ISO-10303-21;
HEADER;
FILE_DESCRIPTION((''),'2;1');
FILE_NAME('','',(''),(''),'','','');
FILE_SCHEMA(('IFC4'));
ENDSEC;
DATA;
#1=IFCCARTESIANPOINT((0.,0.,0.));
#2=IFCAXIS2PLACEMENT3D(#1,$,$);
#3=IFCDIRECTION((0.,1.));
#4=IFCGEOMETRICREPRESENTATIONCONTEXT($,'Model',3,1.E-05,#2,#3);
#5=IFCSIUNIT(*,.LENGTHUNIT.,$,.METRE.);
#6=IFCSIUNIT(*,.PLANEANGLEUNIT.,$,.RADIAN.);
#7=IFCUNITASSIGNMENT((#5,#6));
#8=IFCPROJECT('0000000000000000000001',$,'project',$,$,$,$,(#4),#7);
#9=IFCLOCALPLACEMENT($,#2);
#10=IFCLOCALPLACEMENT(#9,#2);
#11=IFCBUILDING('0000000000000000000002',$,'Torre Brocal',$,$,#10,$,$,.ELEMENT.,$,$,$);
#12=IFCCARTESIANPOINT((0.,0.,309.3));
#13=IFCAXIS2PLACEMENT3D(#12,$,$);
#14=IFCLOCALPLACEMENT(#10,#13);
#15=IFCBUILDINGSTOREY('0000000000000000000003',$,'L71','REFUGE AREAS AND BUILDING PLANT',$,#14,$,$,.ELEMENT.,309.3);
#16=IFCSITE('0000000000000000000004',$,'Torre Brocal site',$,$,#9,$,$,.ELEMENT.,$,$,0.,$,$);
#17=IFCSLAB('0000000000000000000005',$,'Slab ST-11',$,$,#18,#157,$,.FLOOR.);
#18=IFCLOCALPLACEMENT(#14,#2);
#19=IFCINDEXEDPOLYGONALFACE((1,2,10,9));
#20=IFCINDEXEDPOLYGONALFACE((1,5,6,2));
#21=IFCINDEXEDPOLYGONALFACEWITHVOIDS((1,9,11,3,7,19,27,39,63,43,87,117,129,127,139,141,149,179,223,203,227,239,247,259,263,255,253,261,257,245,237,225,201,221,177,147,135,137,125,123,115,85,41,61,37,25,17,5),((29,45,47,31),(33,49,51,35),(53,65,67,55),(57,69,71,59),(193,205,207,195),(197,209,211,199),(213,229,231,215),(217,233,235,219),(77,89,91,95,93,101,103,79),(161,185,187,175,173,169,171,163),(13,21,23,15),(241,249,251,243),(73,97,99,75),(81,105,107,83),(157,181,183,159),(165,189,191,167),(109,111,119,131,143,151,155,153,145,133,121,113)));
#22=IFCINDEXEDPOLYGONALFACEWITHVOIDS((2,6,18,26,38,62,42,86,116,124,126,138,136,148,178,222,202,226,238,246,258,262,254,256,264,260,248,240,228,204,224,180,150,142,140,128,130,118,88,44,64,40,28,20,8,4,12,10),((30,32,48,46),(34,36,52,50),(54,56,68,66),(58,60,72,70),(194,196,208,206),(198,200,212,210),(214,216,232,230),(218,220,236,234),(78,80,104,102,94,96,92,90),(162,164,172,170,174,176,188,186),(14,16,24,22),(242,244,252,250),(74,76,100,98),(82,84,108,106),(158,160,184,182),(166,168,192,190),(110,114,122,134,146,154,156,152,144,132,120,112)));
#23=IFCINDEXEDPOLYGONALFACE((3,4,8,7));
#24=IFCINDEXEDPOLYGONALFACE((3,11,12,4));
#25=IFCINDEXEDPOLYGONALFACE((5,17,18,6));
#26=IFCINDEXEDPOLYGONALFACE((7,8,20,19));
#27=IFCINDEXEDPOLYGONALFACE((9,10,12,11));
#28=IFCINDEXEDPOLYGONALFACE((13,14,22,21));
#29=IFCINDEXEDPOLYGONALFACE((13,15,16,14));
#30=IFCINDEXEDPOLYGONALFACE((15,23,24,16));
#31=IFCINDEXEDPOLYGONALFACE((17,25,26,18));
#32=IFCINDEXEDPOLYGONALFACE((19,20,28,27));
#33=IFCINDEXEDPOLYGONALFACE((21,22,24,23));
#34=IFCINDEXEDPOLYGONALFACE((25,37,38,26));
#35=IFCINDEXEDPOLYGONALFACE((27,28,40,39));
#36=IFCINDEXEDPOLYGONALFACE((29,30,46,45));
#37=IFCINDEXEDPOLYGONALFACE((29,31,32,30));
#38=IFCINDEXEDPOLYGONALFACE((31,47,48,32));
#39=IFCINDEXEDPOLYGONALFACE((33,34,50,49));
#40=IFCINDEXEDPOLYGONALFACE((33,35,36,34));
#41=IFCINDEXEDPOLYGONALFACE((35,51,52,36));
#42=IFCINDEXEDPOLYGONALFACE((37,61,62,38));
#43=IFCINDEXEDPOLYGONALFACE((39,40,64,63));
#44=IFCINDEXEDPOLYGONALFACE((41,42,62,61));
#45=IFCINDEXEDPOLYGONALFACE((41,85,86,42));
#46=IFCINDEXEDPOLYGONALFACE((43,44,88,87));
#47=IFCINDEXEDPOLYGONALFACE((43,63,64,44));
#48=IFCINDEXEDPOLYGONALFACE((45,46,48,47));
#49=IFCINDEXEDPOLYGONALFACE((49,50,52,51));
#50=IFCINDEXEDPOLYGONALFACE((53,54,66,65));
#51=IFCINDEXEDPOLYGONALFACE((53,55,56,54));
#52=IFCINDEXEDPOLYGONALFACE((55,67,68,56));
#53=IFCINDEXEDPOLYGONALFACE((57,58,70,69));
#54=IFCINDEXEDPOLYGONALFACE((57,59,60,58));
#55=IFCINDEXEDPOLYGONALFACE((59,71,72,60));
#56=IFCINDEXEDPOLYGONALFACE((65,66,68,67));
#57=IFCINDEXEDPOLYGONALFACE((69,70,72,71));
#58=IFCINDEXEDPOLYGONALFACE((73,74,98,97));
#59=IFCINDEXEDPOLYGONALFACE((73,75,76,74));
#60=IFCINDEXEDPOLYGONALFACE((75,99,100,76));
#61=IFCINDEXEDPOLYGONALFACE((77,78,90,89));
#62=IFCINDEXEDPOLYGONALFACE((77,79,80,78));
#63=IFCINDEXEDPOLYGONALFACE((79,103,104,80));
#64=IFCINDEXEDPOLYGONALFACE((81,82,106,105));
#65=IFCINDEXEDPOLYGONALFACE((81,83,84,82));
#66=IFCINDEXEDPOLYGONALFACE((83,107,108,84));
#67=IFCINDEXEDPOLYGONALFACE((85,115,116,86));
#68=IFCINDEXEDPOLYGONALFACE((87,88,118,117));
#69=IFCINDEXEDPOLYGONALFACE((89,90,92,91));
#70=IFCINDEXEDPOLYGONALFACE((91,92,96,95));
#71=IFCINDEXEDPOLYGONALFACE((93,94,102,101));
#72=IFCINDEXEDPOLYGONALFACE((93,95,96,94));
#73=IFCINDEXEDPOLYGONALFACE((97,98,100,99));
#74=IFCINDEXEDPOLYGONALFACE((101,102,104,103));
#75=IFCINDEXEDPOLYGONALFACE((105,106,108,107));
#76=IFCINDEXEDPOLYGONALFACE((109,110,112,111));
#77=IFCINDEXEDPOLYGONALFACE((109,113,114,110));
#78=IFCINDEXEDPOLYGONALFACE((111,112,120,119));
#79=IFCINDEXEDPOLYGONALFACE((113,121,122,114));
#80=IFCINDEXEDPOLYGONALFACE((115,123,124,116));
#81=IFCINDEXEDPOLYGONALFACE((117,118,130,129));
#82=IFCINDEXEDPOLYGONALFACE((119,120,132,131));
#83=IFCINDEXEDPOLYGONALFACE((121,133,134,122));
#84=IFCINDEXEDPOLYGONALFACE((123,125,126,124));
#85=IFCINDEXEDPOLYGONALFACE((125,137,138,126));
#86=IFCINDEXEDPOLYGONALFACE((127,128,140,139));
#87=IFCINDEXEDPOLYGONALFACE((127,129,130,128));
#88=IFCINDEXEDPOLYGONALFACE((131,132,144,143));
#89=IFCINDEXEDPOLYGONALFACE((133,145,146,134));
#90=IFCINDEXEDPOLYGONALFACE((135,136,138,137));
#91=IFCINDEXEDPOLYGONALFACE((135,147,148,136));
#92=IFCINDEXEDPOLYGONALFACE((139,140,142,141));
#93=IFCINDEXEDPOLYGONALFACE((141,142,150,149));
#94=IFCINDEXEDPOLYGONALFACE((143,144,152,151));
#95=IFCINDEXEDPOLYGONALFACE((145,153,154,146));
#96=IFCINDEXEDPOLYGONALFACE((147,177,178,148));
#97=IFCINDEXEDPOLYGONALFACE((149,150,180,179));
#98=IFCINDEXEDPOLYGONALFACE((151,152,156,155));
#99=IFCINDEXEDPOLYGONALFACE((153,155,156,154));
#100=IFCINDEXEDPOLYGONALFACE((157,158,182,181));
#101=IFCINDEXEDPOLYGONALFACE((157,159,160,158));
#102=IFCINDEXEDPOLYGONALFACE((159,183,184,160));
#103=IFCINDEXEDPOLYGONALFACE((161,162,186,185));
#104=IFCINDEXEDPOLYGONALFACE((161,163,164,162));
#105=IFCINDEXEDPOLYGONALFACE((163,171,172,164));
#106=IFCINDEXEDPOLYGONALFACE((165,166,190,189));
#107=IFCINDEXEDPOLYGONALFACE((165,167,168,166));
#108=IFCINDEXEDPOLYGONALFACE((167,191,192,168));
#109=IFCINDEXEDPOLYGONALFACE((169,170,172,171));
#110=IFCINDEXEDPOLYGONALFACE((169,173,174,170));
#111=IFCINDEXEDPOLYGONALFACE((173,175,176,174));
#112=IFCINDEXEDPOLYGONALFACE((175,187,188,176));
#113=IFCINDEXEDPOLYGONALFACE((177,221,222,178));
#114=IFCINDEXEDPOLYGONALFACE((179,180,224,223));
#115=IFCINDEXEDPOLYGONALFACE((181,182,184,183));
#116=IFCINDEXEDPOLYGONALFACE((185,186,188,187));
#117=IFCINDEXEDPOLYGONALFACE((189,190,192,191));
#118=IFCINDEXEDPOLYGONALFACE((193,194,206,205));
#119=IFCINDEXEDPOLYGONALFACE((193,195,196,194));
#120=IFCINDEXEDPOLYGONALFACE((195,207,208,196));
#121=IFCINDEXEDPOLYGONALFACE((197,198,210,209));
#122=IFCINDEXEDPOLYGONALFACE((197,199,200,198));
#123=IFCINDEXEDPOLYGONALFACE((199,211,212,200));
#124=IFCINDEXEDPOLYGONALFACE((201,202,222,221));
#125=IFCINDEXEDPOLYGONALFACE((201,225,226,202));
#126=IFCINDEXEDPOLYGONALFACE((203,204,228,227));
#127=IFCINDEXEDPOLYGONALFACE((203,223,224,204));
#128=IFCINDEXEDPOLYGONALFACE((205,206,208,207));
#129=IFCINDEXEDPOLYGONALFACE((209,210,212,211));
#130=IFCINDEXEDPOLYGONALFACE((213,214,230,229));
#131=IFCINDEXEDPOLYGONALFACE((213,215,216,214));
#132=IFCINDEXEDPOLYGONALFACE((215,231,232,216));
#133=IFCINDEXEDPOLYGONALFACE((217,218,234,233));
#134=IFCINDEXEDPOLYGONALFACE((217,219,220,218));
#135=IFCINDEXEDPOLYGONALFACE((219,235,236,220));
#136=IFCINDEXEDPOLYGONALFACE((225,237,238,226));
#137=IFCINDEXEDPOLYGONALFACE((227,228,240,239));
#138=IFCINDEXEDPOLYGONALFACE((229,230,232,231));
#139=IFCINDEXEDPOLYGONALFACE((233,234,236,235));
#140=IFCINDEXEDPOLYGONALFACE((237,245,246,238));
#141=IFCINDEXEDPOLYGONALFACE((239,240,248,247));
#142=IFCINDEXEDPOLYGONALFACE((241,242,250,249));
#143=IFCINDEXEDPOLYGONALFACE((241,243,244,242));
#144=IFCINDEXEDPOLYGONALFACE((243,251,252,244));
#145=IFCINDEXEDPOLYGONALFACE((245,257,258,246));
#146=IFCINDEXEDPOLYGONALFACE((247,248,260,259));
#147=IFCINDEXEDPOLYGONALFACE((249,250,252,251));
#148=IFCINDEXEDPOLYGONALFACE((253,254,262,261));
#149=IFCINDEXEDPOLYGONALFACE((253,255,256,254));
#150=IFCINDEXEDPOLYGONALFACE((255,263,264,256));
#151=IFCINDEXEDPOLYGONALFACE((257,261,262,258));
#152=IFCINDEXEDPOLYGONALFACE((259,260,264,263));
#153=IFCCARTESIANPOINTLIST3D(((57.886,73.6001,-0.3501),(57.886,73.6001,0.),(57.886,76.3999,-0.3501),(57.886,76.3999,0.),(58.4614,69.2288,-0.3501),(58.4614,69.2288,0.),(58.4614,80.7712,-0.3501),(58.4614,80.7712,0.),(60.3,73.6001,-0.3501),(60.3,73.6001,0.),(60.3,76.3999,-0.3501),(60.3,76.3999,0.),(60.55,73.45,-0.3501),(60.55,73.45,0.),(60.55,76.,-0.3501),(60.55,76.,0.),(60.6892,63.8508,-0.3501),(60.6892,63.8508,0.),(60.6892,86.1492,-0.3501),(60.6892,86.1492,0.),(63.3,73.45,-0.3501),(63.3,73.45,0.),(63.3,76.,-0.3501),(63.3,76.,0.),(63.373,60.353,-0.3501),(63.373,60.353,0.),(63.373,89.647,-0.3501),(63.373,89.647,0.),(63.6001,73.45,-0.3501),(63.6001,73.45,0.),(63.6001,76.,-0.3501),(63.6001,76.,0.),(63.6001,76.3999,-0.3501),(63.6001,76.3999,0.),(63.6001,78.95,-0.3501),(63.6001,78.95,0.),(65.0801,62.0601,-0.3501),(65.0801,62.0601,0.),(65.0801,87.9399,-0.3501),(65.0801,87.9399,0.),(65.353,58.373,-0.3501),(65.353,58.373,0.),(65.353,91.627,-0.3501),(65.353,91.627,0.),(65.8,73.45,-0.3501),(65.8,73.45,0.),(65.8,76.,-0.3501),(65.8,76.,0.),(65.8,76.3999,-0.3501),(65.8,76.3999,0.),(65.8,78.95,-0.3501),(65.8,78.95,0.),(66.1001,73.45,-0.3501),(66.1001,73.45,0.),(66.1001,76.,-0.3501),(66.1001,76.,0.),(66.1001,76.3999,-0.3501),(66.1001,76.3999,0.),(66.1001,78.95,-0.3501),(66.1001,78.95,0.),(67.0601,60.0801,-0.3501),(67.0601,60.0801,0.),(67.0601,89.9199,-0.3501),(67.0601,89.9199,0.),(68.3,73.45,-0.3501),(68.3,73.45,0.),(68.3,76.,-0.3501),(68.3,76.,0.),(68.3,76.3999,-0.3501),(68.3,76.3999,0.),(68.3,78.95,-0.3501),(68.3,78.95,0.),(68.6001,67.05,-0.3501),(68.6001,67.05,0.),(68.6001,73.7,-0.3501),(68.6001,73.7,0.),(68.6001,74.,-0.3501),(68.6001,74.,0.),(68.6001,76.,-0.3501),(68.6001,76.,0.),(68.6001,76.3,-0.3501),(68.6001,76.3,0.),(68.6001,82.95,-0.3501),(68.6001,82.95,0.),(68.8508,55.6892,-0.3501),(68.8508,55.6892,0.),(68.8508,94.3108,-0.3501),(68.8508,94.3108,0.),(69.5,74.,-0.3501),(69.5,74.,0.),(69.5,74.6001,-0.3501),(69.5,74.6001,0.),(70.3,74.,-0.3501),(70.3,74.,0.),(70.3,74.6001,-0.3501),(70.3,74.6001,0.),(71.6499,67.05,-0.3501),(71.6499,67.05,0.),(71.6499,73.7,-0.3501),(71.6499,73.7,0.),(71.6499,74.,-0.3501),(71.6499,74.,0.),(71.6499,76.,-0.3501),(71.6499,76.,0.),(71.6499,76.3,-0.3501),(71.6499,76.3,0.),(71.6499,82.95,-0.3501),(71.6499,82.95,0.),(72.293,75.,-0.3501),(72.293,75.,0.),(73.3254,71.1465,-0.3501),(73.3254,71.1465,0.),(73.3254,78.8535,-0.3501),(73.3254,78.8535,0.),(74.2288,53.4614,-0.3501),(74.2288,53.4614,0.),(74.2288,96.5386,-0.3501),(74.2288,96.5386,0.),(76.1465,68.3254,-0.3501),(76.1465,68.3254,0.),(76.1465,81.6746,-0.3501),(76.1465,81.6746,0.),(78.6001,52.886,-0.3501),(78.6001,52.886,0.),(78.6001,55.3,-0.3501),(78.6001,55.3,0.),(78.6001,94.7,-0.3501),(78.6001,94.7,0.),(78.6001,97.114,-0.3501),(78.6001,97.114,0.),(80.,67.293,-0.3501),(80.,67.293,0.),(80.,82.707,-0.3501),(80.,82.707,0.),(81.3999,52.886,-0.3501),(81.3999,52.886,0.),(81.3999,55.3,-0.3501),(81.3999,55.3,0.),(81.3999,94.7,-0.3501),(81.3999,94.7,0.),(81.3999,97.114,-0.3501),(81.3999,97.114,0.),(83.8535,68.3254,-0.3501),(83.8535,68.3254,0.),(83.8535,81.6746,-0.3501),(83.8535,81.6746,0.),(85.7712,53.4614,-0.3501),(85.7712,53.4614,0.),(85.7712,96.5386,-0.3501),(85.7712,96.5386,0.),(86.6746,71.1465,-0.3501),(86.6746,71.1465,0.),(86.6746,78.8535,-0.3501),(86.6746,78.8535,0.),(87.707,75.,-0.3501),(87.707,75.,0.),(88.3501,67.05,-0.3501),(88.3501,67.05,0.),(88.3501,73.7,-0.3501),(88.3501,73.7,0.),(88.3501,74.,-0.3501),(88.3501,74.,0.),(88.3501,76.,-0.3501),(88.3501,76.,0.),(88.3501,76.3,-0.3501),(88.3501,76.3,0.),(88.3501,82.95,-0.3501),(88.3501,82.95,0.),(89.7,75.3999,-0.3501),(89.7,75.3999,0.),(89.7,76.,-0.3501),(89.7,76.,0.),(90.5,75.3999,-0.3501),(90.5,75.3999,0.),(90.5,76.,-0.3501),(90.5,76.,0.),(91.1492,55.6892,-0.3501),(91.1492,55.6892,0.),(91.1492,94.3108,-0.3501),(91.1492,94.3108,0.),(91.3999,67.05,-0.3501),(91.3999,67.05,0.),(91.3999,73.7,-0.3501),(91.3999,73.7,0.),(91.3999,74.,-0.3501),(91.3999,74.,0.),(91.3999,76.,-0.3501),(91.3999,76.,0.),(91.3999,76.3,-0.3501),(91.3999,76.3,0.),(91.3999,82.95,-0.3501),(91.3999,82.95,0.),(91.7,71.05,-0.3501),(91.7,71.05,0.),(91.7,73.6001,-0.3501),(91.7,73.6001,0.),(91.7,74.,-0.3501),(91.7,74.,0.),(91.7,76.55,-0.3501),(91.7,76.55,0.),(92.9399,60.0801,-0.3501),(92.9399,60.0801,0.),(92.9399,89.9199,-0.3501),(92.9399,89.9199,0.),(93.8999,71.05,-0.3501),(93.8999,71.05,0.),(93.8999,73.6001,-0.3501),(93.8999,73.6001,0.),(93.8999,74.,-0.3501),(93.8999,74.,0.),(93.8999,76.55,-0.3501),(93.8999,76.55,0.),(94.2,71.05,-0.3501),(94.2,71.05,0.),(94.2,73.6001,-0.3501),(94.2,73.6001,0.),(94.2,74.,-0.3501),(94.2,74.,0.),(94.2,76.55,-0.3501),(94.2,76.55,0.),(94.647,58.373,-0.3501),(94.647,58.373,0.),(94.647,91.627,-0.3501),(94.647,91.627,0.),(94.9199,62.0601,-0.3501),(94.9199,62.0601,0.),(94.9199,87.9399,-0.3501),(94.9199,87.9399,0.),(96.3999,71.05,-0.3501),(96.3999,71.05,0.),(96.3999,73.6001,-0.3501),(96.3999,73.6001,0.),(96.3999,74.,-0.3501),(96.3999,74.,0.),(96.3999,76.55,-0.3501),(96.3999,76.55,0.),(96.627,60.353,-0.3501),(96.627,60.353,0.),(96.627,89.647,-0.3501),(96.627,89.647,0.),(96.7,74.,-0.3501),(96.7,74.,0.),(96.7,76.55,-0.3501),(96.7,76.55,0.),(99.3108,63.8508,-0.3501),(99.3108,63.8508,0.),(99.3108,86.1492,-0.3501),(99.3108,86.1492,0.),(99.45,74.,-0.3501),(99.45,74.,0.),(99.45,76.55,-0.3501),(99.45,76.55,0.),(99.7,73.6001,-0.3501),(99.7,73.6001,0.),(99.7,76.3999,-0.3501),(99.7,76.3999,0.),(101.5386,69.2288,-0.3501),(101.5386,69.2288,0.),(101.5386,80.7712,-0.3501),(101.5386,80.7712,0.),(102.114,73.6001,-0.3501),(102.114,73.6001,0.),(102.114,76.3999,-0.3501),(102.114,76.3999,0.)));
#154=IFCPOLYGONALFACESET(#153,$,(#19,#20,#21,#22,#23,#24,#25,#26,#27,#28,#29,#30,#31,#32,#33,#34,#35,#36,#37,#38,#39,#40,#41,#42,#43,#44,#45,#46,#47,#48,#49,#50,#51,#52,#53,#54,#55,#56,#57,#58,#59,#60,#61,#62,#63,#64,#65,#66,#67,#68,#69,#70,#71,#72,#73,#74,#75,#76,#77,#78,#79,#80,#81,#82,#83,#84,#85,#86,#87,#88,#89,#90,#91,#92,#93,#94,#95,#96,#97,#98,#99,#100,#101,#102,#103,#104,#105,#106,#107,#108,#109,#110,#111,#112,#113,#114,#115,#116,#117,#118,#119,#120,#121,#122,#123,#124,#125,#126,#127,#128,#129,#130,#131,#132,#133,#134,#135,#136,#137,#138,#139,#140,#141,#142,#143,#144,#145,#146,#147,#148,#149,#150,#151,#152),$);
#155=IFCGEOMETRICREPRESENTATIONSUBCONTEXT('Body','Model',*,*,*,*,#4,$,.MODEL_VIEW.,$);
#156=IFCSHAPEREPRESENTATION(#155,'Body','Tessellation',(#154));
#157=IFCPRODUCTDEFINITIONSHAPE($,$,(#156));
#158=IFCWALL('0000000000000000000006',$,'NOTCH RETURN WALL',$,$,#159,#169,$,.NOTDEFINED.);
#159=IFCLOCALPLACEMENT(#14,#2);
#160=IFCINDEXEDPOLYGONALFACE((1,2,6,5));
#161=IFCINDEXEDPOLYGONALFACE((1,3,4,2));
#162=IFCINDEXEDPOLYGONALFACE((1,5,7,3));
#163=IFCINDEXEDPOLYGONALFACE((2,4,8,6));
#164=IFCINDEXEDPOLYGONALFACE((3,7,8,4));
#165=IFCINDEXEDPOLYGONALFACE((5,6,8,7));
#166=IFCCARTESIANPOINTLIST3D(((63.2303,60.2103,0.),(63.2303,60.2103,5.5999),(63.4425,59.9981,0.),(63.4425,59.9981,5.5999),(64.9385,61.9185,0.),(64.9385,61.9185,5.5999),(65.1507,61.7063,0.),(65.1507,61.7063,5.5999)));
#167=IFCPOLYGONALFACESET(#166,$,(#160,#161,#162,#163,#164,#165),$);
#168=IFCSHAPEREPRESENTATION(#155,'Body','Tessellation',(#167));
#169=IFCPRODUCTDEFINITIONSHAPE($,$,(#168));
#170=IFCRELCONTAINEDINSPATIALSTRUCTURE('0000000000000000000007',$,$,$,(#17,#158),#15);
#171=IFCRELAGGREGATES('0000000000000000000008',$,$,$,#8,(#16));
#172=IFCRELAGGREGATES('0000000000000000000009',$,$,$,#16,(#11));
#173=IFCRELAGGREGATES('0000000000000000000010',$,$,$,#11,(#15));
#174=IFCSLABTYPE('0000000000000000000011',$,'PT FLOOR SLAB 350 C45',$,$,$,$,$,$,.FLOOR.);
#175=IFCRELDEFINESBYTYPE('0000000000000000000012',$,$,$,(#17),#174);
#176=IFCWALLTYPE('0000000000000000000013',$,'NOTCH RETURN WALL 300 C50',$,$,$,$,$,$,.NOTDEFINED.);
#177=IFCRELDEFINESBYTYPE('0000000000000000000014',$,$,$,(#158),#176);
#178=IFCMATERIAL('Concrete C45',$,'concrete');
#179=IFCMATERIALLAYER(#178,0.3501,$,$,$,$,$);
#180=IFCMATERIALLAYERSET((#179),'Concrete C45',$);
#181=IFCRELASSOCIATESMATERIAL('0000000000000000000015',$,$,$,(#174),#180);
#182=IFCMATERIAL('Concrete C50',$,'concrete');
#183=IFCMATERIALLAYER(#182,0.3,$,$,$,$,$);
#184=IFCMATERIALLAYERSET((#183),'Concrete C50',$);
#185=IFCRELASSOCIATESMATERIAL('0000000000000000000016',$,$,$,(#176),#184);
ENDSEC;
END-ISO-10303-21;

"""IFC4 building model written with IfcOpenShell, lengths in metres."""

from ifc_helpers import new_model, si_unit, direction, frame, frame_2d, origin, place, context, subcontext, project, spatial, polyline, rectangle, outline, extrude, material, layer, layer_set, type_object, element, save


model = new_model("IFC4")

# Units and contexts
model_context = context("Model", 3, precision=1e-05, world=origin(), true_north=direction((0.0, 1.0)))
body_context = subcontext(model_context, "Body", "Model", "MODEL_VIEW")
ifc_project = project(units=[si_unit("LENGTHUNIT", "METRE"), si_unit("PLANEANGLEUNIT", "RADIAN")], contexts=[model_context])

# Site, building, storey
site_placement = place(None, origin())
site = spatial("IfcSite", under=ifc_project, at=site_placement, Name="Torre Brocal site", CompositionType="ELEMENT", RefElevation=0.0)
building_placement = place(site_placement, origin())
building = spatial("IfcBuilding", under=site, at=building_placement, Name="Torre Brocal", CompositionType="ELEMENT")
storey_placement = place(building_placement, frame((0.0, 0.0, 309.3)))
storey = spatial("IfcBuildingStorey", under=building, at=storey_placement, Name="L71", Description="REFUGE AREAS AND BUILDING PLANT", CompositionType="ELEMENT", Elevation=309.3)

# Slab
ifc_material_1 = material(Name="Concrete C45", Category="concrete")
ifc_layer_1 = layer(ifc_material_1, 0.3501)
ifc_layer_set_1 = layer_set([ifc_layer_1], Name="Concrete C45")
slab_type_1 = type_object("IfcSlabType", Name="PT FLOOR SLAB 350 C45", PredefinedType="FLOOR", material=ifc_layer_set_1)
slab_1_placement = place(storey_placement, frame((0.0, 0.0, -0.3501)))
element("IfcSlab", 1, at=slab_1_placement, inside=storey, type_object=slab_type_1, Name="Slab ST-11", PredefinedType="FLOOR", context=body_context, shape_type="SweptSolid", body=[
    extrude(outline(polyline([(99.7, 76.3999), (99.7, 73.6001), (102.114, 73.6001), (101.5386, 69.2288), (99.3108, 63.8508), (96.627, 60.353), (94.9199, 62.0601), (92.9399, 60.0801), (94.647, 58.373), (91.1492, 55.6892), (85.7712, 53.4614), (81.3999, 52.886), (81.3999, 55.3), (78.6001, 55.3), (78.6001, 52.886), (74.2288, 53.4614), (68.8508, 55.6892), (65.353, 58.373), (67.0601, 60.0801), (65.0801, 62.0601), (63.373, 60.353), (60.6892, 63.8508), (58.4614, 69.2288), (57.886, 73.6001), (60.3, 73.6001), (60.3, 76.3999), (57.886, 76.3999), (58.4614, 80.7712), (60.6892, 86.1492), (63.373, 89.647), (65.0801, 87.9399), (67.0601, 89.9199), (65.353, 91.627), (68.8508, 94.3108), (74.2288, 96.5386), (78.6001, 97.114), (78.6001, 94.7), (81.3999, 94.7), (81.3999, 97.114), (85.7712, 96.5386), (91.1492, 94.3108), (94.647, 91.627), (92.9399, 89.9199), (94.9199, 87.9399), (96.627, 89.647), (99.3108, 86.1492), (101.5386, 80.7712), (102.114, 76.3999), (99.7, 76.3999)]), holes=[polyline([(99.45, 76.55), (96.7, 76.55), (96.7, 74.0), (99.45, 74.0), (99.45, 76.55)]), polyline([(96.3999, 76.55), (94.2, 76.55), (94.2, 74.0), (96.3999, 74.0), (96.3999, 76.55)]), polyline([(96.3999, 73.6001), (94.2, 73.6001), (94.2, 71.05), (96.3999, 71.05), (96.3999, 73.6001)]), polyline([(93.8999, 76.55), (91.7, 76.55), (91.7, 74.0), (93.8999, 74.0), (93.8999, 76.55)]), polyline([(93.8999, 73.6001), (91.7, 73.6001), (91.7, 71.05), (93.8999, 71.05), (93.8999, 73.6001)]), polyline([(89.7, 76.0), (88.3501, 76.0), (88.3501, 74.0), (91.3999, 74.0), (91.3999, 76.0), (90.5, 76.0), (90.5, 75.3999), (89.7, 75.3999), (89.7, 76.0)]), polyline([(91.3999, 82.95), (88.3501, 82.95), (88.3501, 76.3), (91.3999, 76.3), (91.3999, 82.95)]), polyline([(91.3999, 73.7), (88.3501, 73.7), (88.3501, 67.05), (91.3999, 67.05), (91.3999, 73.7)]), polyline([(80.0, 82.707), (76.1465, 81.6746), (73.3254, 78.8535), (72.293, 75.0), (73.3254, 71.1465), (76.1465, 68.3254), (80.0, 67.293), (83.8535, 68.3254), (86.6746, 71.1465), (87.707, 75.0), (86.6746, 78.8535), (83.8535, 81.6746), (80.0, 82.707)]), polyline([(70.3, 74.0), (71.6499, 74.0), (71.6499, 76.0), (68.6001, 76.0), (68.6001, 74.0), (69.5, 74.0), (69.5, 74.6001), (70.3, 74.6001), (70.3, 74.0)]), polyline([(68.6001, 76.3), (71.6499, 76.3), (71.6499, 82.95), (68.6001, 82.95), (68.6001, 76.3)]), polyline([(68.6001, 67.05), (71.6499, 67.05), (71.6499, 73.7), (68.6001, 73.7), (68.6001, 67.05)]), polyline([(66.1001, 76.3999), (68.3, 76.3999), (68.3, 78.95), (66.1001, 78.95), (66.1001, 76.3999)]), polyline([(66.1001, 73.45), (68.3, 73.45), (68.3, 76.0), (66.1001, 76.0), (66.1001, 73.45)]), polyline([(63.6001, 76.3999), (65.8, 76.3999), (65.8, 78.95), (63.6001, 78.95), (63.6001, 76.3999)]), polyline([(63.6001, 73.45), (65.8, 73.45), (65.8, 76.0), (63.6001, 76.0), (63.6001, 73.45)]), polyline([(60.55, 73.45), (63.3, 73.45), (63.3, 76.0), (60.55, 76.0), (60.55, 73.45)])]), origin(), (0.0, 0.0, 1.0), 0.3501),
])

# Wall
ifc_material_2 = material(Name="Concrete C50", Category="concrete")
ifc_layer_2 = layer(ifc_material_2, 0.3)
ifc_layer_set_2 = layer_set([ifc_layer_2], Name="Concrete C50")
wall_type_1 = type_object("IfcWallType", Name="NOTCH RETURN WALL 300 C50", PredefinedType="NOTDEFINED", material=ifc_layer_set_2)
for number, where, z_axis, x_axis, name in (
    (2, (65.0447, 61.8125, 0.0), (0.0, 0.0, 1.0), (-0.707107, -0.707107, 0.0), "NOTCH RETURN WALL"),
):
    element("IfcWall", number, at=place(storey_placement, frame(where, z_axis=z_axis, x_axis=x_axis)), inside=storey, type_object=wall_type_1, Name=name, PredefinedType="NOTDEFINED", context=body_context, shape_type="SweptSolid", body=[
        extrude(rectangle(XDim=2.4158, YDim=0.3, at=frame_2d((1.208, 0.0))), origin(), (0.0, 0.0, 1.0), 5.5999),
    ])

save(model, "model.ifc")
